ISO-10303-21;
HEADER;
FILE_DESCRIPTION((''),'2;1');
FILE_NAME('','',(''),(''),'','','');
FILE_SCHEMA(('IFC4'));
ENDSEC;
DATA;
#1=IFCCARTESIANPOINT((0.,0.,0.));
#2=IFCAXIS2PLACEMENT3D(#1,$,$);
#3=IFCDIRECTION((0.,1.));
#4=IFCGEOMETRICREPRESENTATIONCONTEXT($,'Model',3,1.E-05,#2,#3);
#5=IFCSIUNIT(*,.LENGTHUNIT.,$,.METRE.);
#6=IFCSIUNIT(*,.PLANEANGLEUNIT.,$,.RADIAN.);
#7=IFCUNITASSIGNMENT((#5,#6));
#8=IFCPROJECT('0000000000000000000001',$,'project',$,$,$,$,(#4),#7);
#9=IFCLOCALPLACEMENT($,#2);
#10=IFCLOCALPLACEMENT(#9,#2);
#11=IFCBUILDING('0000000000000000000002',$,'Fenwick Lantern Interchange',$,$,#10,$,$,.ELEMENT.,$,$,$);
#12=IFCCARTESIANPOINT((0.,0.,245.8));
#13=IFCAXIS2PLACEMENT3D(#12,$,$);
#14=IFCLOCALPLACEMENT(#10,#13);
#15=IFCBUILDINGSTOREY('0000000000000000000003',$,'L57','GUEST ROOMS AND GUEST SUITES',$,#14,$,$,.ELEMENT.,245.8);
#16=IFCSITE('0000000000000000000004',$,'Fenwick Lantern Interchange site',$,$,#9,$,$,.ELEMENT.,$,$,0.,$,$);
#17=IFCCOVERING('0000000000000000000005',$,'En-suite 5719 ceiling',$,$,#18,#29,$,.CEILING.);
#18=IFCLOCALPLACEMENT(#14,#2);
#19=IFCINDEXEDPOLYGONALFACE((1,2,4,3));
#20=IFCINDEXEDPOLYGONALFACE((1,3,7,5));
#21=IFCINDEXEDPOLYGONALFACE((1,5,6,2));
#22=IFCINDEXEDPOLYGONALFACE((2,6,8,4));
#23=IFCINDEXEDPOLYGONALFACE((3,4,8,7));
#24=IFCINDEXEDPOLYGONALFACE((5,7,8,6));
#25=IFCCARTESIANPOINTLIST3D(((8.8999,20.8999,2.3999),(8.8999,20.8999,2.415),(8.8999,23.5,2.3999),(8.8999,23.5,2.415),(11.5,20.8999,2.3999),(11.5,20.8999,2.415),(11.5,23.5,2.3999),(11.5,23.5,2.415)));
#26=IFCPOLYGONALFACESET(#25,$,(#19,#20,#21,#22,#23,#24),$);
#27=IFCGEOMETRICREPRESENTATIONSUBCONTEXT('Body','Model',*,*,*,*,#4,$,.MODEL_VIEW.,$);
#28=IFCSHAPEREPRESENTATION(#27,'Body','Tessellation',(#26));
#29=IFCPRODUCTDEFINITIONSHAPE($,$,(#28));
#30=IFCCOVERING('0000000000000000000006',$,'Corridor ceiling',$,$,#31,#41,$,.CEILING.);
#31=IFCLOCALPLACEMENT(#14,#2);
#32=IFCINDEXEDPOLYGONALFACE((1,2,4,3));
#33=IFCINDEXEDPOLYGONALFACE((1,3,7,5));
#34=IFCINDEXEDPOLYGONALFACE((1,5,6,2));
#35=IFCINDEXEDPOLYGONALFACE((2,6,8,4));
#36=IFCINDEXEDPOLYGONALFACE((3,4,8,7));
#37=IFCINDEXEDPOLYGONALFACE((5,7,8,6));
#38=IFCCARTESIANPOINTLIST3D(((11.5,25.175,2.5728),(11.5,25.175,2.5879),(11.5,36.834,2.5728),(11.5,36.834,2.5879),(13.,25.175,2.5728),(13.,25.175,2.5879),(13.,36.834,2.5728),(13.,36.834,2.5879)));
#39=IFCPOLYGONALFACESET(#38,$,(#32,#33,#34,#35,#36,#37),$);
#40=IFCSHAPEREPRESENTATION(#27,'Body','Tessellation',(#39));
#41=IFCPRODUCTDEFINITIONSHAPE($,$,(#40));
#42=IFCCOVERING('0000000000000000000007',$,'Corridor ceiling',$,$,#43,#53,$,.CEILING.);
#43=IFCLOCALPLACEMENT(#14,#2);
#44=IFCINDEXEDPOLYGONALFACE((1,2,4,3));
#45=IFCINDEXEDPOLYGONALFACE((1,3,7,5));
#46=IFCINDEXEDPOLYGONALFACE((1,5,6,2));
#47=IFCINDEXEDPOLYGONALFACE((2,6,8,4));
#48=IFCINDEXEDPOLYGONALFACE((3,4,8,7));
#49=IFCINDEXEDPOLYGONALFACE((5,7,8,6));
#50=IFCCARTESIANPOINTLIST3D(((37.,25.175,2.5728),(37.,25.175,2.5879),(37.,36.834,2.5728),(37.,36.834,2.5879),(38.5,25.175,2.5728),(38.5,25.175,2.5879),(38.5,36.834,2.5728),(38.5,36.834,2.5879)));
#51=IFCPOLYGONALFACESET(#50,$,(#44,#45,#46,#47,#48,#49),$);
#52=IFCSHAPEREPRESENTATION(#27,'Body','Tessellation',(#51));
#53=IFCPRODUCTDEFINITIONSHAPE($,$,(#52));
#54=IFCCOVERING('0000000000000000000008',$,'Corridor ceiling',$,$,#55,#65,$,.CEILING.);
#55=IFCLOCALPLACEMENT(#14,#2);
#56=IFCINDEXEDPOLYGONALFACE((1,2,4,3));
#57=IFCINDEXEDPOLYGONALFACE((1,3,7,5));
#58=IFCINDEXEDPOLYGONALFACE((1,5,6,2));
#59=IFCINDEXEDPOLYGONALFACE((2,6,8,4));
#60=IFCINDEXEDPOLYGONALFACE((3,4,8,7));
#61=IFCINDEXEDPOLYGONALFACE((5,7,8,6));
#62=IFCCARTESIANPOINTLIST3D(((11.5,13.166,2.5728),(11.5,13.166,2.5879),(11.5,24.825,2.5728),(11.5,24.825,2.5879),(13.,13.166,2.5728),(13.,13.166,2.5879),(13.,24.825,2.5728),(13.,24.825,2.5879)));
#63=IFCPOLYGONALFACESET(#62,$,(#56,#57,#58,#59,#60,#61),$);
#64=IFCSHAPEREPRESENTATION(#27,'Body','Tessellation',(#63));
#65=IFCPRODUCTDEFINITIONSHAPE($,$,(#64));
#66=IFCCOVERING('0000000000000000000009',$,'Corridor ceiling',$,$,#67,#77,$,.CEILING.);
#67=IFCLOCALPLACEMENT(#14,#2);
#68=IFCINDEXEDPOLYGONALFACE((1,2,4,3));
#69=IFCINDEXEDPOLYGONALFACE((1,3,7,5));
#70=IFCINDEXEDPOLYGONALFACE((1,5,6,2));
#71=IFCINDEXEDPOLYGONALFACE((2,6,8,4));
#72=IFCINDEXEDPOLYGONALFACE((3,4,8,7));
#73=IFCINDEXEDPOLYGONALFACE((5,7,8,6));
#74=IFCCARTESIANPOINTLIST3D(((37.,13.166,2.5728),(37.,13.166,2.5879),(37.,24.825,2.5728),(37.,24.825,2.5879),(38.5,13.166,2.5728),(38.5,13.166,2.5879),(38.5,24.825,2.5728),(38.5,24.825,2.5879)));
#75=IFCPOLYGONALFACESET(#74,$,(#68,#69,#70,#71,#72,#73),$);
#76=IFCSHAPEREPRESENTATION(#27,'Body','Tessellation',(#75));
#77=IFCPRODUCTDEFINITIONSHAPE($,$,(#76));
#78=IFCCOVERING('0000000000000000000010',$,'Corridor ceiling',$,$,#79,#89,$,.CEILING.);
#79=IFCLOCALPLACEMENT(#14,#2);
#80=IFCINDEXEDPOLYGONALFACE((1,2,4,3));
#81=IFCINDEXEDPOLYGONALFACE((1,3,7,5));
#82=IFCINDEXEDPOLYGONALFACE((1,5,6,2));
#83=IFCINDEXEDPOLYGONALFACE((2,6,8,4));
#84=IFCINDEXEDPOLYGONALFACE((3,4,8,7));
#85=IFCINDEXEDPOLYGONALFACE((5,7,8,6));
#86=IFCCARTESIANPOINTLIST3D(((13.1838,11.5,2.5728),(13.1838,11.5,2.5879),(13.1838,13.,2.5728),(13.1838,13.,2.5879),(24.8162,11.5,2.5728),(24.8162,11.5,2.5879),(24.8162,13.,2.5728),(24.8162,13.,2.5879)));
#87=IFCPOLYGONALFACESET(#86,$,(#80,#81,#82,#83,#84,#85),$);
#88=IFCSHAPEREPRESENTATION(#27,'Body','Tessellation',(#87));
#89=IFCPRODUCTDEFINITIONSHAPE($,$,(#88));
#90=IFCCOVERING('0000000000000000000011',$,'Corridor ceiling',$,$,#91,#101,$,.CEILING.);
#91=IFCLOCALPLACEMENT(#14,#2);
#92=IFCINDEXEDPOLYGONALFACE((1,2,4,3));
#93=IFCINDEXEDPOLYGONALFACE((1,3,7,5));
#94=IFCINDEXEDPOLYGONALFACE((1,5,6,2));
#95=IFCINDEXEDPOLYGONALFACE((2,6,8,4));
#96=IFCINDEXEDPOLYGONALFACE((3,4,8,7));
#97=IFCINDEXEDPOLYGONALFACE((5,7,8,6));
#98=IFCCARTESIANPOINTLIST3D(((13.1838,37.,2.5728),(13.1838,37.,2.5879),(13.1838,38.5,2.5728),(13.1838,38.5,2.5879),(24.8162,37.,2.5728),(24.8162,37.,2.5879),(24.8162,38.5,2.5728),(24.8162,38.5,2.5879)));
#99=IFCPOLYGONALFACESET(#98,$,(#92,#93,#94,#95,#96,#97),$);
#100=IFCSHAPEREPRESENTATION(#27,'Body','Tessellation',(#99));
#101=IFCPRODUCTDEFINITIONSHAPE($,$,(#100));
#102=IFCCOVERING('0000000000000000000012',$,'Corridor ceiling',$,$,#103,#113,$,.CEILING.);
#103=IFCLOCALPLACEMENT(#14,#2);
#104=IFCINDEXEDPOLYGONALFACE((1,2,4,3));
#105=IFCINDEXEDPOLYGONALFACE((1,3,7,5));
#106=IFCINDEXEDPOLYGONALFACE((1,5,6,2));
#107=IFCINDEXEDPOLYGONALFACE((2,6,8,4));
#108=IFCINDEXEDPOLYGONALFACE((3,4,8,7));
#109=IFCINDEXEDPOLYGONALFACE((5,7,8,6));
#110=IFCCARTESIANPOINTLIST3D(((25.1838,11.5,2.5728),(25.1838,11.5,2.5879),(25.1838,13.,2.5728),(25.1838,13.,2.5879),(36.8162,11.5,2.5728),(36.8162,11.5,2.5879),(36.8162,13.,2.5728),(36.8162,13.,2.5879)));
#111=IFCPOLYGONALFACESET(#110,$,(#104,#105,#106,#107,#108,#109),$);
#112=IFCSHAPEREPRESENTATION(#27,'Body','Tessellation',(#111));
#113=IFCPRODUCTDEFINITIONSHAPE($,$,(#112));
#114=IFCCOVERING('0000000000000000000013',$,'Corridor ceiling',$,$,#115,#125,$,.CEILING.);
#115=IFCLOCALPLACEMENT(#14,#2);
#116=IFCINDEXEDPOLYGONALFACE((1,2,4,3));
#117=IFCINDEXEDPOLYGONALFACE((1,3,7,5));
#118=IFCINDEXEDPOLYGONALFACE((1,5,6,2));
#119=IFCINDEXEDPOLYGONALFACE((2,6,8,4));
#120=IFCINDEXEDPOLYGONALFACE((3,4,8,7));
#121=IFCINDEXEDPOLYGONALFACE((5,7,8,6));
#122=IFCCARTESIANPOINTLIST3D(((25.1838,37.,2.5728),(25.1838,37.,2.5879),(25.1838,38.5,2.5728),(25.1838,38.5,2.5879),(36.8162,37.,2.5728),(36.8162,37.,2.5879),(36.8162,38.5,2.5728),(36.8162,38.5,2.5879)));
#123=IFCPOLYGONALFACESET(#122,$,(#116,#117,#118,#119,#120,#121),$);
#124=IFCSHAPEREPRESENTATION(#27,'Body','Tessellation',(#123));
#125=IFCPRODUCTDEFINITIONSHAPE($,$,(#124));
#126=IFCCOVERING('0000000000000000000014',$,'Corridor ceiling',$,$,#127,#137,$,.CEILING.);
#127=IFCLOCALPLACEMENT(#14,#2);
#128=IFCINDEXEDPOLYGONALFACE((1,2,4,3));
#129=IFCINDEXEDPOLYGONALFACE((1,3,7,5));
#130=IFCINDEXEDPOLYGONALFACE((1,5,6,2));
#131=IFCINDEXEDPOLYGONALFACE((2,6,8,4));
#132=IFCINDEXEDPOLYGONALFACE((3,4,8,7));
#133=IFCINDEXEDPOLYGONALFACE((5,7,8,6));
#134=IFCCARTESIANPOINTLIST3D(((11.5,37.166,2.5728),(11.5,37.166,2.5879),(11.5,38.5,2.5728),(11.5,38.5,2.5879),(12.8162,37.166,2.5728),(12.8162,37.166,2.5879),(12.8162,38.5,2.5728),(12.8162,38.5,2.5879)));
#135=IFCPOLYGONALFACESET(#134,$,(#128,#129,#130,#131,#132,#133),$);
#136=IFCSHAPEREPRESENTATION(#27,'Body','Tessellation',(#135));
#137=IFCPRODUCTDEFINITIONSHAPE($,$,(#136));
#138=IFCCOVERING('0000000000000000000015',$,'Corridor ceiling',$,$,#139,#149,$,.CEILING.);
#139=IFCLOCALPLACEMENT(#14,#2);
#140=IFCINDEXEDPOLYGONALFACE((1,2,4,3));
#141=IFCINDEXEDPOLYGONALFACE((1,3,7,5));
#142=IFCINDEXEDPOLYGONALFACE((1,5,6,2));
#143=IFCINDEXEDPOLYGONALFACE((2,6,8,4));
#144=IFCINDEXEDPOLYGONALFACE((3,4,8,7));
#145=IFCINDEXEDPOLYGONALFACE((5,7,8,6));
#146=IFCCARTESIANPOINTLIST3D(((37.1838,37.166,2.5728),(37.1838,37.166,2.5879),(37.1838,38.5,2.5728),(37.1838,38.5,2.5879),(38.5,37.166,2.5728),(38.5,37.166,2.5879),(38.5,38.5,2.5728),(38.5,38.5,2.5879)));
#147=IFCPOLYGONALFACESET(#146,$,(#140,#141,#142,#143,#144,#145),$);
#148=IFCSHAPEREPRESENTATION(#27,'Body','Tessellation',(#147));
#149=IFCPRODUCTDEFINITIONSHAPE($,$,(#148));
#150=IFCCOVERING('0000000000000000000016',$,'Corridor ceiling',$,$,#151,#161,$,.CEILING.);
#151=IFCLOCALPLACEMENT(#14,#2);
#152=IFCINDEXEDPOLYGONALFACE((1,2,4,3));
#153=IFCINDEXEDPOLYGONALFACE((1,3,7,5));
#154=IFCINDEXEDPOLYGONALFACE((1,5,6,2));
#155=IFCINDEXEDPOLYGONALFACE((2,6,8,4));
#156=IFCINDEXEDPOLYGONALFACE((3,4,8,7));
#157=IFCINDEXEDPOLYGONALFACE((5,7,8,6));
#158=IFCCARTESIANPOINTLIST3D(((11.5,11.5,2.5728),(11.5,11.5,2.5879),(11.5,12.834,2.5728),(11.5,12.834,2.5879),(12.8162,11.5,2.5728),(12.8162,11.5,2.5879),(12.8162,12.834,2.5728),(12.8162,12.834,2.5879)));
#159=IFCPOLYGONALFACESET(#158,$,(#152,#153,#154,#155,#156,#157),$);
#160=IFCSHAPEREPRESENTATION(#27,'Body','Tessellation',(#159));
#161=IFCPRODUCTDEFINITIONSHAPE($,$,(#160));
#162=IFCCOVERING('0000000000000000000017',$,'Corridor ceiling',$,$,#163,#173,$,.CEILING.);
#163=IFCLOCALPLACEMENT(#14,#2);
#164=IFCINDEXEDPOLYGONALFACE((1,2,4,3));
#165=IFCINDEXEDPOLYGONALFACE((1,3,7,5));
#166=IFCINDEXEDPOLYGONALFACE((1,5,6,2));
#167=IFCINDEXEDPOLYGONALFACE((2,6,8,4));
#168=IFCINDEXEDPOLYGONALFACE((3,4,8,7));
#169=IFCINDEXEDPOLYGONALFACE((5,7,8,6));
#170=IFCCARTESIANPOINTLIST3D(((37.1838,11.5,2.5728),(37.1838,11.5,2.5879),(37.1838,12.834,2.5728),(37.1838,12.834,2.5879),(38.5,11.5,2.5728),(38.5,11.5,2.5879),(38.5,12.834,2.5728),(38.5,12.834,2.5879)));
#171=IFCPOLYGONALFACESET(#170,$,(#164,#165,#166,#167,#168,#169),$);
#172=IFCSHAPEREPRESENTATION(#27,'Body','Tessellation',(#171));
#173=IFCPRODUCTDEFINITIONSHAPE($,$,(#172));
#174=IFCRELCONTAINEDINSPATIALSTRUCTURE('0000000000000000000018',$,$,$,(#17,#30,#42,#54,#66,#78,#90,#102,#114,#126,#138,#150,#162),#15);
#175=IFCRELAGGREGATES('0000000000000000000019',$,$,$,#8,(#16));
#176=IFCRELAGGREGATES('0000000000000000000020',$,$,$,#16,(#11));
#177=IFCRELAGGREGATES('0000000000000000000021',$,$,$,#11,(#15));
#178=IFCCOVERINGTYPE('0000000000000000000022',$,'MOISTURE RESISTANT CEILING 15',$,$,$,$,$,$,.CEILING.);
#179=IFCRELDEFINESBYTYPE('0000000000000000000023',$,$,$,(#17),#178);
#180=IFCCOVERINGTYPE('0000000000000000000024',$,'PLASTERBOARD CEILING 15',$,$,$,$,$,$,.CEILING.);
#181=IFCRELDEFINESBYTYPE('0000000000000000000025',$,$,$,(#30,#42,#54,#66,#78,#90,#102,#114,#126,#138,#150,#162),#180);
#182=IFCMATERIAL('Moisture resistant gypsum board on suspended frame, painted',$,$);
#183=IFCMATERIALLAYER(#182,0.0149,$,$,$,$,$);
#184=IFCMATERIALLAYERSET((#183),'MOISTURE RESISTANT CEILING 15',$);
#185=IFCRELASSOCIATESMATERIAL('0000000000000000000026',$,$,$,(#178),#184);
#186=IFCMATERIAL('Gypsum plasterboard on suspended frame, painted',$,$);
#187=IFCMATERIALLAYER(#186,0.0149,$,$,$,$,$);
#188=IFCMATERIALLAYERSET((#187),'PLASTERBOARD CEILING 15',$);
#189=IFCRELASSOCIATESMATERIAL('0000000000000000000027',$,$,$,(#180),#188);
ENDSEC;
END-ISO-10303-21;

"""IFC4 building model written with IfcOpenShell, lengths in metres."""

from ifc_helpers import new_model, si_unit, direction, frame, origin, place, context, subcontext, project, spatial, polyline, outline, extrude, material, layer, layer_set, type_object, element, save


model = new_model("IFC4")

# Units and contexts
model_context = context("Model", 3, precision=1e-05, world=origin(), true_north=direction((0.0, 1.0)))
body_context = subcontext(model_context, "Body", "Model", "MODEL_VIEW")
ifc_project = project(units=[si_unit("LENGTHUNIT", "METRE"), si_unit("PLANEANGLEUNIT", "RADIAN")], contexts=[model_context])

# Site, building, storey
site_placement = place(None, origin())
site = spatial("IfcSite", under=ifc_project, at=site_placement, Name="Fenwick Lantern Interchange site", CompositionType="ELEMENT", RefElevation=0.0)
building_placement = place(site_placement, origin())
building = spatial("IfcBuilding", under=site, at=building_placement, Name="Fenwick Lantern Interchange", CompositionType="ELEMENT")
storey_placement = place(building_placement, frame((0.0, 0.0, 245.8)))
storey = spatial("IfcBuildingStorey", under=building, at=storey_placement, Name="L57", Description="GUEST ROOMS AND GUEST SUITES", CompositionType="ELEMENT", Elevation=245.8)

# Coverings
ifc_material_1 = material(Name="Moisture resistant gypsum board on suspended frame, painted")
ifc_layer_1 = layer(ifc_material_1, 0.0149)
ifc_layer_set_1 = layer_set([ifc_layer_1], Name="MOISTURE RESISTANT CEILING 15")
covering_type_1 = type_object("IfcCoveringType", Name="MOISTURE RESISTANT CEILING 15", PredefinedType="CEILING", material=ifc_layer_set_1)
covering_1_placement = place(storey_placement, frame((0.0, 0.0, 2.3999)))
element("IfcCovering", 1, at=covering_1_placement, inside=storey, type_object=covering_type_1, Name="En-suite 5719 ceiling", PredefinedType="CEILING", context=body_context, shape_type="SweptSolid", body=[
    extrude(outline(polyline([(8.8999, 23.5), (8.8999, 20.8999), (11.5, 20.8999), (11.5, 23.5), (8.8999, 23.5)])), origin(), (0.0, 0.0, 1.0), 0.0151),
])
ifc_material_2 = material(Name="Gypsum plasterboard on suspended frame, painted")
ifc_layer_2 = layer(ifc_material_2, 0.0149)
ifc_layer_set_2 = layer_set([ifc_layer_2], Name="PLASTERBOARD CEILING 15")
covering_type_2 = type_object("IfcCoveringType", Name="PLASTERBOARD CEILING 15", PredefinedType="CEILING", material=ifc_layer_set_2)
covering_2_placement = place(storey_placement, frame((0.0, 0.0, 2.5728)))
element("IfcCovering", 2, at=covering_2_placement, inside=storey, type_object=covering_type_2, Name="Corridor ceiling", PredefinedType="CEILING", context=body_context, shape_type="SweptSolid", body=[
    extrude(outline(polyline([(11.5, 36.834), (11.5, 25.175), (13.0, 25.175), (13.0, 36.834), (11.5, 36.834)])), origin(), (0.0, 0.0, 1.0), 0.0151),
])
covering_3_placement = place(storey_placement, frame((0.0, 0.0, 2.5728)))
element("IfcCovering", 3, at=covering_3_placement, inside=storey, type_object=covering_type_2, Name="Corridor ceiling", PredefinedType="CEILING", context=body_context, shape_type="SweptSolid", body=[
    extrude(outline(polyline([(38.5, 25.175), (38.5, 36.834), (37.0, 36.834), (37.0, 25.175), (38.5, 25.175)])), origin(), (0.0, 0.0, 1.0), 0.0151),
])
covering_4_placement = place(storey_placement, frame((0.0, 0.0, 2.5728)))
element("IfcCovering", 4, at=covering_4_placement, inside=storey, type_object=covering_type_2, Name="Corridor ceiling", PredefinedType="CEILING", context=body_context, shape_type="SweptSolid", body=[
    extrude(outline(polyline([(11.5, 24.825), (11.5, 13.166), (13.0, 13.166), (13.0, 24.825), (11.5, 24.825)])), origin(), (0.0, 0.0, 1.0), 0.0151),
])
covering_5_placement = place(storey_placement, frame((0.0, 0.0, 2.5728)))
element("IfcCovering", 5, at=covering_5_placement, inside=storey, type_object=covering_type_2, Name="Corridor ceiling", PredefinedType="CEILING", context=body_context, shape_type="SweptSolid", body=[
    extrude(outline(polyline([(38.5, 13.166), (38.5, 24.825), (37.0, 24.825), (37.0, 13.166), (38.5, 13.166)])), origin(), (0.0, 0.0, 1.0), 0.0151),
])
covering_6_placement = place(storey_placement, frame((0.0, 0.0, 2.5728)))
element("IfcCovering", 6, at=covering_6_placement, inside=storey, type_object=covering_type_2, Name="Corridor ceiling", PredefinedType="CEILING", context=body_context, shape_type="SweptSolid", body=[
    extrude(outline(polyline([(13.1838, 11.5), (24.8162, 11.5), (24.8162, 13.0), (13.1838, 13.0), (13.1838, 11.5)])), origin(), (0.0, 0.0, 1.0), 0.0151),
])
covering_7_placement = place(storey_placement, frame((0.0, 0.0, 2.5728)))
element("IfcCovering", 7, at=covering_7_placement, inside=storey, type_object=covering_type_2, Name="Corridor ceiling", PredefinedType="CEILING", context=body_context, shape_type="SweptSolid", body=[
    extrude(outline(polyline([(24.8162, 38.5), (13.1838, 38.5), (13.1838, 37.0), (24.8162, 37.0), (24.8162, 38.5)])), origin(), (0.0, 0.0, 1.0), 0.0151),
])
covering_8_placement = place(storey_placement, frame((0.0, 0.0, 2.5728)))
element("IfcCovering", 8, at=covering_8_placement, inside=storey, type_object=covering_type_2, Name="Corridor ceiling", PredefinedType="CEILING", context=body_context, shape_type="SweptSolid", body=[
    extrude(outline(polyline([(25.1838, 11.5), (36.8162, 11.5), (36.8162, 13.0), (25.1838, 13.0), (25.1838, 11.5)])), origin(), (0.0, 0.0, 1.0), 0.0151),
])
covering_9_placement = place(storey_placement, frame((0.0, 0.0, 2.5728)))
element("IfcCovering", 9, at=covering_9_placement, inside=storey, type_object=covering_type_2, Name="Corridor ceiling", PredefinedType="CEILING", context=body_context, shape_type="SweptSolid", body=[
    extrude(outline(polyline([(36.8162, 38.5), (25.1838, 38.5), (25.1838, 37.0), (36.8162, 37.0), (36.8162, 38.5)])), origin(), (0.0, 0.0, 1.0), 0.0151),
])
covering_10_placement = place(storey_placement, frame((0.0, 0.0, 2.5728)))
element("IfcCovering", 10, at=covering_10_placement, inside=storey, type_object=covering_type_2, Name="Corridor ceiling", PredefinedType="CEILING", context=body_context, shape_type="SweptSolid", body=[
    extrude(outline(polyline([(12.8162, 38.5), (11.5, 38.5), (11.5, 37.166), (12.8162, 37.166), (12.8162, 38.5)])), origin(), (0.0, 0.0, 1.0), 0.0151),
])
covering_11_placement = place(storey_placement, frame((0.0, 0.0, 2.5728)))
element("IfcCovering", 11, at=covering_11_placement, inside=storey, type_object=covering_type_2, Name="Corridor ceiling", PredefinedType="CEILING", context=body_context, shape_type="SweptSolid", body=[
    extrude(outline(polyline([(38.5, 38.5), (37.1838, 38.5), (37.1838, 37.166), (38.5, 37.166), (38.5, 38.5)])), origin(), (0.0, 0.0, 1.0), 0.0151),
])
covering_12_placement = place(storey_placement, frame((0.0, 0.0, 2.5728)))
element("IfcCovering", 12, at=covering_12_placement, inside=storey, type_object=covering_type_2, Name="Corridor ceiling", PredefinedType="CEILING", context=body_context, shape_type="SweptSolid", body=[
    extrude(outline(polyline([(11.5, 11.5), (12.8162, 11.5), (12.8162, 12.834), (11.5, 12.834), (11.5, 11.5)])), origin(), (0.0, 0.0, 1.0), 0.0151),
])
covering_13_placement = place(storey_placement, frame((0.0, 0.0, 2.5728)))
element("IfcCovering", 13, at=covering_13_placement, inside=storey, type_object=covering_type_2, Name="Corridor ceiling", PredefinedType="CEILING", context=body_context, shape_type="SweptSolid", body=[
    extrude(outline(polyline([(38.5, 11.5), (38.5, 12.834), (37.1838, 12.834), (37.1838, 11.5), (38.5, 11.5)])), origin(), (0.0, 0.0, 1.0), 0.0151),
])

save(model, "model.ifc")
